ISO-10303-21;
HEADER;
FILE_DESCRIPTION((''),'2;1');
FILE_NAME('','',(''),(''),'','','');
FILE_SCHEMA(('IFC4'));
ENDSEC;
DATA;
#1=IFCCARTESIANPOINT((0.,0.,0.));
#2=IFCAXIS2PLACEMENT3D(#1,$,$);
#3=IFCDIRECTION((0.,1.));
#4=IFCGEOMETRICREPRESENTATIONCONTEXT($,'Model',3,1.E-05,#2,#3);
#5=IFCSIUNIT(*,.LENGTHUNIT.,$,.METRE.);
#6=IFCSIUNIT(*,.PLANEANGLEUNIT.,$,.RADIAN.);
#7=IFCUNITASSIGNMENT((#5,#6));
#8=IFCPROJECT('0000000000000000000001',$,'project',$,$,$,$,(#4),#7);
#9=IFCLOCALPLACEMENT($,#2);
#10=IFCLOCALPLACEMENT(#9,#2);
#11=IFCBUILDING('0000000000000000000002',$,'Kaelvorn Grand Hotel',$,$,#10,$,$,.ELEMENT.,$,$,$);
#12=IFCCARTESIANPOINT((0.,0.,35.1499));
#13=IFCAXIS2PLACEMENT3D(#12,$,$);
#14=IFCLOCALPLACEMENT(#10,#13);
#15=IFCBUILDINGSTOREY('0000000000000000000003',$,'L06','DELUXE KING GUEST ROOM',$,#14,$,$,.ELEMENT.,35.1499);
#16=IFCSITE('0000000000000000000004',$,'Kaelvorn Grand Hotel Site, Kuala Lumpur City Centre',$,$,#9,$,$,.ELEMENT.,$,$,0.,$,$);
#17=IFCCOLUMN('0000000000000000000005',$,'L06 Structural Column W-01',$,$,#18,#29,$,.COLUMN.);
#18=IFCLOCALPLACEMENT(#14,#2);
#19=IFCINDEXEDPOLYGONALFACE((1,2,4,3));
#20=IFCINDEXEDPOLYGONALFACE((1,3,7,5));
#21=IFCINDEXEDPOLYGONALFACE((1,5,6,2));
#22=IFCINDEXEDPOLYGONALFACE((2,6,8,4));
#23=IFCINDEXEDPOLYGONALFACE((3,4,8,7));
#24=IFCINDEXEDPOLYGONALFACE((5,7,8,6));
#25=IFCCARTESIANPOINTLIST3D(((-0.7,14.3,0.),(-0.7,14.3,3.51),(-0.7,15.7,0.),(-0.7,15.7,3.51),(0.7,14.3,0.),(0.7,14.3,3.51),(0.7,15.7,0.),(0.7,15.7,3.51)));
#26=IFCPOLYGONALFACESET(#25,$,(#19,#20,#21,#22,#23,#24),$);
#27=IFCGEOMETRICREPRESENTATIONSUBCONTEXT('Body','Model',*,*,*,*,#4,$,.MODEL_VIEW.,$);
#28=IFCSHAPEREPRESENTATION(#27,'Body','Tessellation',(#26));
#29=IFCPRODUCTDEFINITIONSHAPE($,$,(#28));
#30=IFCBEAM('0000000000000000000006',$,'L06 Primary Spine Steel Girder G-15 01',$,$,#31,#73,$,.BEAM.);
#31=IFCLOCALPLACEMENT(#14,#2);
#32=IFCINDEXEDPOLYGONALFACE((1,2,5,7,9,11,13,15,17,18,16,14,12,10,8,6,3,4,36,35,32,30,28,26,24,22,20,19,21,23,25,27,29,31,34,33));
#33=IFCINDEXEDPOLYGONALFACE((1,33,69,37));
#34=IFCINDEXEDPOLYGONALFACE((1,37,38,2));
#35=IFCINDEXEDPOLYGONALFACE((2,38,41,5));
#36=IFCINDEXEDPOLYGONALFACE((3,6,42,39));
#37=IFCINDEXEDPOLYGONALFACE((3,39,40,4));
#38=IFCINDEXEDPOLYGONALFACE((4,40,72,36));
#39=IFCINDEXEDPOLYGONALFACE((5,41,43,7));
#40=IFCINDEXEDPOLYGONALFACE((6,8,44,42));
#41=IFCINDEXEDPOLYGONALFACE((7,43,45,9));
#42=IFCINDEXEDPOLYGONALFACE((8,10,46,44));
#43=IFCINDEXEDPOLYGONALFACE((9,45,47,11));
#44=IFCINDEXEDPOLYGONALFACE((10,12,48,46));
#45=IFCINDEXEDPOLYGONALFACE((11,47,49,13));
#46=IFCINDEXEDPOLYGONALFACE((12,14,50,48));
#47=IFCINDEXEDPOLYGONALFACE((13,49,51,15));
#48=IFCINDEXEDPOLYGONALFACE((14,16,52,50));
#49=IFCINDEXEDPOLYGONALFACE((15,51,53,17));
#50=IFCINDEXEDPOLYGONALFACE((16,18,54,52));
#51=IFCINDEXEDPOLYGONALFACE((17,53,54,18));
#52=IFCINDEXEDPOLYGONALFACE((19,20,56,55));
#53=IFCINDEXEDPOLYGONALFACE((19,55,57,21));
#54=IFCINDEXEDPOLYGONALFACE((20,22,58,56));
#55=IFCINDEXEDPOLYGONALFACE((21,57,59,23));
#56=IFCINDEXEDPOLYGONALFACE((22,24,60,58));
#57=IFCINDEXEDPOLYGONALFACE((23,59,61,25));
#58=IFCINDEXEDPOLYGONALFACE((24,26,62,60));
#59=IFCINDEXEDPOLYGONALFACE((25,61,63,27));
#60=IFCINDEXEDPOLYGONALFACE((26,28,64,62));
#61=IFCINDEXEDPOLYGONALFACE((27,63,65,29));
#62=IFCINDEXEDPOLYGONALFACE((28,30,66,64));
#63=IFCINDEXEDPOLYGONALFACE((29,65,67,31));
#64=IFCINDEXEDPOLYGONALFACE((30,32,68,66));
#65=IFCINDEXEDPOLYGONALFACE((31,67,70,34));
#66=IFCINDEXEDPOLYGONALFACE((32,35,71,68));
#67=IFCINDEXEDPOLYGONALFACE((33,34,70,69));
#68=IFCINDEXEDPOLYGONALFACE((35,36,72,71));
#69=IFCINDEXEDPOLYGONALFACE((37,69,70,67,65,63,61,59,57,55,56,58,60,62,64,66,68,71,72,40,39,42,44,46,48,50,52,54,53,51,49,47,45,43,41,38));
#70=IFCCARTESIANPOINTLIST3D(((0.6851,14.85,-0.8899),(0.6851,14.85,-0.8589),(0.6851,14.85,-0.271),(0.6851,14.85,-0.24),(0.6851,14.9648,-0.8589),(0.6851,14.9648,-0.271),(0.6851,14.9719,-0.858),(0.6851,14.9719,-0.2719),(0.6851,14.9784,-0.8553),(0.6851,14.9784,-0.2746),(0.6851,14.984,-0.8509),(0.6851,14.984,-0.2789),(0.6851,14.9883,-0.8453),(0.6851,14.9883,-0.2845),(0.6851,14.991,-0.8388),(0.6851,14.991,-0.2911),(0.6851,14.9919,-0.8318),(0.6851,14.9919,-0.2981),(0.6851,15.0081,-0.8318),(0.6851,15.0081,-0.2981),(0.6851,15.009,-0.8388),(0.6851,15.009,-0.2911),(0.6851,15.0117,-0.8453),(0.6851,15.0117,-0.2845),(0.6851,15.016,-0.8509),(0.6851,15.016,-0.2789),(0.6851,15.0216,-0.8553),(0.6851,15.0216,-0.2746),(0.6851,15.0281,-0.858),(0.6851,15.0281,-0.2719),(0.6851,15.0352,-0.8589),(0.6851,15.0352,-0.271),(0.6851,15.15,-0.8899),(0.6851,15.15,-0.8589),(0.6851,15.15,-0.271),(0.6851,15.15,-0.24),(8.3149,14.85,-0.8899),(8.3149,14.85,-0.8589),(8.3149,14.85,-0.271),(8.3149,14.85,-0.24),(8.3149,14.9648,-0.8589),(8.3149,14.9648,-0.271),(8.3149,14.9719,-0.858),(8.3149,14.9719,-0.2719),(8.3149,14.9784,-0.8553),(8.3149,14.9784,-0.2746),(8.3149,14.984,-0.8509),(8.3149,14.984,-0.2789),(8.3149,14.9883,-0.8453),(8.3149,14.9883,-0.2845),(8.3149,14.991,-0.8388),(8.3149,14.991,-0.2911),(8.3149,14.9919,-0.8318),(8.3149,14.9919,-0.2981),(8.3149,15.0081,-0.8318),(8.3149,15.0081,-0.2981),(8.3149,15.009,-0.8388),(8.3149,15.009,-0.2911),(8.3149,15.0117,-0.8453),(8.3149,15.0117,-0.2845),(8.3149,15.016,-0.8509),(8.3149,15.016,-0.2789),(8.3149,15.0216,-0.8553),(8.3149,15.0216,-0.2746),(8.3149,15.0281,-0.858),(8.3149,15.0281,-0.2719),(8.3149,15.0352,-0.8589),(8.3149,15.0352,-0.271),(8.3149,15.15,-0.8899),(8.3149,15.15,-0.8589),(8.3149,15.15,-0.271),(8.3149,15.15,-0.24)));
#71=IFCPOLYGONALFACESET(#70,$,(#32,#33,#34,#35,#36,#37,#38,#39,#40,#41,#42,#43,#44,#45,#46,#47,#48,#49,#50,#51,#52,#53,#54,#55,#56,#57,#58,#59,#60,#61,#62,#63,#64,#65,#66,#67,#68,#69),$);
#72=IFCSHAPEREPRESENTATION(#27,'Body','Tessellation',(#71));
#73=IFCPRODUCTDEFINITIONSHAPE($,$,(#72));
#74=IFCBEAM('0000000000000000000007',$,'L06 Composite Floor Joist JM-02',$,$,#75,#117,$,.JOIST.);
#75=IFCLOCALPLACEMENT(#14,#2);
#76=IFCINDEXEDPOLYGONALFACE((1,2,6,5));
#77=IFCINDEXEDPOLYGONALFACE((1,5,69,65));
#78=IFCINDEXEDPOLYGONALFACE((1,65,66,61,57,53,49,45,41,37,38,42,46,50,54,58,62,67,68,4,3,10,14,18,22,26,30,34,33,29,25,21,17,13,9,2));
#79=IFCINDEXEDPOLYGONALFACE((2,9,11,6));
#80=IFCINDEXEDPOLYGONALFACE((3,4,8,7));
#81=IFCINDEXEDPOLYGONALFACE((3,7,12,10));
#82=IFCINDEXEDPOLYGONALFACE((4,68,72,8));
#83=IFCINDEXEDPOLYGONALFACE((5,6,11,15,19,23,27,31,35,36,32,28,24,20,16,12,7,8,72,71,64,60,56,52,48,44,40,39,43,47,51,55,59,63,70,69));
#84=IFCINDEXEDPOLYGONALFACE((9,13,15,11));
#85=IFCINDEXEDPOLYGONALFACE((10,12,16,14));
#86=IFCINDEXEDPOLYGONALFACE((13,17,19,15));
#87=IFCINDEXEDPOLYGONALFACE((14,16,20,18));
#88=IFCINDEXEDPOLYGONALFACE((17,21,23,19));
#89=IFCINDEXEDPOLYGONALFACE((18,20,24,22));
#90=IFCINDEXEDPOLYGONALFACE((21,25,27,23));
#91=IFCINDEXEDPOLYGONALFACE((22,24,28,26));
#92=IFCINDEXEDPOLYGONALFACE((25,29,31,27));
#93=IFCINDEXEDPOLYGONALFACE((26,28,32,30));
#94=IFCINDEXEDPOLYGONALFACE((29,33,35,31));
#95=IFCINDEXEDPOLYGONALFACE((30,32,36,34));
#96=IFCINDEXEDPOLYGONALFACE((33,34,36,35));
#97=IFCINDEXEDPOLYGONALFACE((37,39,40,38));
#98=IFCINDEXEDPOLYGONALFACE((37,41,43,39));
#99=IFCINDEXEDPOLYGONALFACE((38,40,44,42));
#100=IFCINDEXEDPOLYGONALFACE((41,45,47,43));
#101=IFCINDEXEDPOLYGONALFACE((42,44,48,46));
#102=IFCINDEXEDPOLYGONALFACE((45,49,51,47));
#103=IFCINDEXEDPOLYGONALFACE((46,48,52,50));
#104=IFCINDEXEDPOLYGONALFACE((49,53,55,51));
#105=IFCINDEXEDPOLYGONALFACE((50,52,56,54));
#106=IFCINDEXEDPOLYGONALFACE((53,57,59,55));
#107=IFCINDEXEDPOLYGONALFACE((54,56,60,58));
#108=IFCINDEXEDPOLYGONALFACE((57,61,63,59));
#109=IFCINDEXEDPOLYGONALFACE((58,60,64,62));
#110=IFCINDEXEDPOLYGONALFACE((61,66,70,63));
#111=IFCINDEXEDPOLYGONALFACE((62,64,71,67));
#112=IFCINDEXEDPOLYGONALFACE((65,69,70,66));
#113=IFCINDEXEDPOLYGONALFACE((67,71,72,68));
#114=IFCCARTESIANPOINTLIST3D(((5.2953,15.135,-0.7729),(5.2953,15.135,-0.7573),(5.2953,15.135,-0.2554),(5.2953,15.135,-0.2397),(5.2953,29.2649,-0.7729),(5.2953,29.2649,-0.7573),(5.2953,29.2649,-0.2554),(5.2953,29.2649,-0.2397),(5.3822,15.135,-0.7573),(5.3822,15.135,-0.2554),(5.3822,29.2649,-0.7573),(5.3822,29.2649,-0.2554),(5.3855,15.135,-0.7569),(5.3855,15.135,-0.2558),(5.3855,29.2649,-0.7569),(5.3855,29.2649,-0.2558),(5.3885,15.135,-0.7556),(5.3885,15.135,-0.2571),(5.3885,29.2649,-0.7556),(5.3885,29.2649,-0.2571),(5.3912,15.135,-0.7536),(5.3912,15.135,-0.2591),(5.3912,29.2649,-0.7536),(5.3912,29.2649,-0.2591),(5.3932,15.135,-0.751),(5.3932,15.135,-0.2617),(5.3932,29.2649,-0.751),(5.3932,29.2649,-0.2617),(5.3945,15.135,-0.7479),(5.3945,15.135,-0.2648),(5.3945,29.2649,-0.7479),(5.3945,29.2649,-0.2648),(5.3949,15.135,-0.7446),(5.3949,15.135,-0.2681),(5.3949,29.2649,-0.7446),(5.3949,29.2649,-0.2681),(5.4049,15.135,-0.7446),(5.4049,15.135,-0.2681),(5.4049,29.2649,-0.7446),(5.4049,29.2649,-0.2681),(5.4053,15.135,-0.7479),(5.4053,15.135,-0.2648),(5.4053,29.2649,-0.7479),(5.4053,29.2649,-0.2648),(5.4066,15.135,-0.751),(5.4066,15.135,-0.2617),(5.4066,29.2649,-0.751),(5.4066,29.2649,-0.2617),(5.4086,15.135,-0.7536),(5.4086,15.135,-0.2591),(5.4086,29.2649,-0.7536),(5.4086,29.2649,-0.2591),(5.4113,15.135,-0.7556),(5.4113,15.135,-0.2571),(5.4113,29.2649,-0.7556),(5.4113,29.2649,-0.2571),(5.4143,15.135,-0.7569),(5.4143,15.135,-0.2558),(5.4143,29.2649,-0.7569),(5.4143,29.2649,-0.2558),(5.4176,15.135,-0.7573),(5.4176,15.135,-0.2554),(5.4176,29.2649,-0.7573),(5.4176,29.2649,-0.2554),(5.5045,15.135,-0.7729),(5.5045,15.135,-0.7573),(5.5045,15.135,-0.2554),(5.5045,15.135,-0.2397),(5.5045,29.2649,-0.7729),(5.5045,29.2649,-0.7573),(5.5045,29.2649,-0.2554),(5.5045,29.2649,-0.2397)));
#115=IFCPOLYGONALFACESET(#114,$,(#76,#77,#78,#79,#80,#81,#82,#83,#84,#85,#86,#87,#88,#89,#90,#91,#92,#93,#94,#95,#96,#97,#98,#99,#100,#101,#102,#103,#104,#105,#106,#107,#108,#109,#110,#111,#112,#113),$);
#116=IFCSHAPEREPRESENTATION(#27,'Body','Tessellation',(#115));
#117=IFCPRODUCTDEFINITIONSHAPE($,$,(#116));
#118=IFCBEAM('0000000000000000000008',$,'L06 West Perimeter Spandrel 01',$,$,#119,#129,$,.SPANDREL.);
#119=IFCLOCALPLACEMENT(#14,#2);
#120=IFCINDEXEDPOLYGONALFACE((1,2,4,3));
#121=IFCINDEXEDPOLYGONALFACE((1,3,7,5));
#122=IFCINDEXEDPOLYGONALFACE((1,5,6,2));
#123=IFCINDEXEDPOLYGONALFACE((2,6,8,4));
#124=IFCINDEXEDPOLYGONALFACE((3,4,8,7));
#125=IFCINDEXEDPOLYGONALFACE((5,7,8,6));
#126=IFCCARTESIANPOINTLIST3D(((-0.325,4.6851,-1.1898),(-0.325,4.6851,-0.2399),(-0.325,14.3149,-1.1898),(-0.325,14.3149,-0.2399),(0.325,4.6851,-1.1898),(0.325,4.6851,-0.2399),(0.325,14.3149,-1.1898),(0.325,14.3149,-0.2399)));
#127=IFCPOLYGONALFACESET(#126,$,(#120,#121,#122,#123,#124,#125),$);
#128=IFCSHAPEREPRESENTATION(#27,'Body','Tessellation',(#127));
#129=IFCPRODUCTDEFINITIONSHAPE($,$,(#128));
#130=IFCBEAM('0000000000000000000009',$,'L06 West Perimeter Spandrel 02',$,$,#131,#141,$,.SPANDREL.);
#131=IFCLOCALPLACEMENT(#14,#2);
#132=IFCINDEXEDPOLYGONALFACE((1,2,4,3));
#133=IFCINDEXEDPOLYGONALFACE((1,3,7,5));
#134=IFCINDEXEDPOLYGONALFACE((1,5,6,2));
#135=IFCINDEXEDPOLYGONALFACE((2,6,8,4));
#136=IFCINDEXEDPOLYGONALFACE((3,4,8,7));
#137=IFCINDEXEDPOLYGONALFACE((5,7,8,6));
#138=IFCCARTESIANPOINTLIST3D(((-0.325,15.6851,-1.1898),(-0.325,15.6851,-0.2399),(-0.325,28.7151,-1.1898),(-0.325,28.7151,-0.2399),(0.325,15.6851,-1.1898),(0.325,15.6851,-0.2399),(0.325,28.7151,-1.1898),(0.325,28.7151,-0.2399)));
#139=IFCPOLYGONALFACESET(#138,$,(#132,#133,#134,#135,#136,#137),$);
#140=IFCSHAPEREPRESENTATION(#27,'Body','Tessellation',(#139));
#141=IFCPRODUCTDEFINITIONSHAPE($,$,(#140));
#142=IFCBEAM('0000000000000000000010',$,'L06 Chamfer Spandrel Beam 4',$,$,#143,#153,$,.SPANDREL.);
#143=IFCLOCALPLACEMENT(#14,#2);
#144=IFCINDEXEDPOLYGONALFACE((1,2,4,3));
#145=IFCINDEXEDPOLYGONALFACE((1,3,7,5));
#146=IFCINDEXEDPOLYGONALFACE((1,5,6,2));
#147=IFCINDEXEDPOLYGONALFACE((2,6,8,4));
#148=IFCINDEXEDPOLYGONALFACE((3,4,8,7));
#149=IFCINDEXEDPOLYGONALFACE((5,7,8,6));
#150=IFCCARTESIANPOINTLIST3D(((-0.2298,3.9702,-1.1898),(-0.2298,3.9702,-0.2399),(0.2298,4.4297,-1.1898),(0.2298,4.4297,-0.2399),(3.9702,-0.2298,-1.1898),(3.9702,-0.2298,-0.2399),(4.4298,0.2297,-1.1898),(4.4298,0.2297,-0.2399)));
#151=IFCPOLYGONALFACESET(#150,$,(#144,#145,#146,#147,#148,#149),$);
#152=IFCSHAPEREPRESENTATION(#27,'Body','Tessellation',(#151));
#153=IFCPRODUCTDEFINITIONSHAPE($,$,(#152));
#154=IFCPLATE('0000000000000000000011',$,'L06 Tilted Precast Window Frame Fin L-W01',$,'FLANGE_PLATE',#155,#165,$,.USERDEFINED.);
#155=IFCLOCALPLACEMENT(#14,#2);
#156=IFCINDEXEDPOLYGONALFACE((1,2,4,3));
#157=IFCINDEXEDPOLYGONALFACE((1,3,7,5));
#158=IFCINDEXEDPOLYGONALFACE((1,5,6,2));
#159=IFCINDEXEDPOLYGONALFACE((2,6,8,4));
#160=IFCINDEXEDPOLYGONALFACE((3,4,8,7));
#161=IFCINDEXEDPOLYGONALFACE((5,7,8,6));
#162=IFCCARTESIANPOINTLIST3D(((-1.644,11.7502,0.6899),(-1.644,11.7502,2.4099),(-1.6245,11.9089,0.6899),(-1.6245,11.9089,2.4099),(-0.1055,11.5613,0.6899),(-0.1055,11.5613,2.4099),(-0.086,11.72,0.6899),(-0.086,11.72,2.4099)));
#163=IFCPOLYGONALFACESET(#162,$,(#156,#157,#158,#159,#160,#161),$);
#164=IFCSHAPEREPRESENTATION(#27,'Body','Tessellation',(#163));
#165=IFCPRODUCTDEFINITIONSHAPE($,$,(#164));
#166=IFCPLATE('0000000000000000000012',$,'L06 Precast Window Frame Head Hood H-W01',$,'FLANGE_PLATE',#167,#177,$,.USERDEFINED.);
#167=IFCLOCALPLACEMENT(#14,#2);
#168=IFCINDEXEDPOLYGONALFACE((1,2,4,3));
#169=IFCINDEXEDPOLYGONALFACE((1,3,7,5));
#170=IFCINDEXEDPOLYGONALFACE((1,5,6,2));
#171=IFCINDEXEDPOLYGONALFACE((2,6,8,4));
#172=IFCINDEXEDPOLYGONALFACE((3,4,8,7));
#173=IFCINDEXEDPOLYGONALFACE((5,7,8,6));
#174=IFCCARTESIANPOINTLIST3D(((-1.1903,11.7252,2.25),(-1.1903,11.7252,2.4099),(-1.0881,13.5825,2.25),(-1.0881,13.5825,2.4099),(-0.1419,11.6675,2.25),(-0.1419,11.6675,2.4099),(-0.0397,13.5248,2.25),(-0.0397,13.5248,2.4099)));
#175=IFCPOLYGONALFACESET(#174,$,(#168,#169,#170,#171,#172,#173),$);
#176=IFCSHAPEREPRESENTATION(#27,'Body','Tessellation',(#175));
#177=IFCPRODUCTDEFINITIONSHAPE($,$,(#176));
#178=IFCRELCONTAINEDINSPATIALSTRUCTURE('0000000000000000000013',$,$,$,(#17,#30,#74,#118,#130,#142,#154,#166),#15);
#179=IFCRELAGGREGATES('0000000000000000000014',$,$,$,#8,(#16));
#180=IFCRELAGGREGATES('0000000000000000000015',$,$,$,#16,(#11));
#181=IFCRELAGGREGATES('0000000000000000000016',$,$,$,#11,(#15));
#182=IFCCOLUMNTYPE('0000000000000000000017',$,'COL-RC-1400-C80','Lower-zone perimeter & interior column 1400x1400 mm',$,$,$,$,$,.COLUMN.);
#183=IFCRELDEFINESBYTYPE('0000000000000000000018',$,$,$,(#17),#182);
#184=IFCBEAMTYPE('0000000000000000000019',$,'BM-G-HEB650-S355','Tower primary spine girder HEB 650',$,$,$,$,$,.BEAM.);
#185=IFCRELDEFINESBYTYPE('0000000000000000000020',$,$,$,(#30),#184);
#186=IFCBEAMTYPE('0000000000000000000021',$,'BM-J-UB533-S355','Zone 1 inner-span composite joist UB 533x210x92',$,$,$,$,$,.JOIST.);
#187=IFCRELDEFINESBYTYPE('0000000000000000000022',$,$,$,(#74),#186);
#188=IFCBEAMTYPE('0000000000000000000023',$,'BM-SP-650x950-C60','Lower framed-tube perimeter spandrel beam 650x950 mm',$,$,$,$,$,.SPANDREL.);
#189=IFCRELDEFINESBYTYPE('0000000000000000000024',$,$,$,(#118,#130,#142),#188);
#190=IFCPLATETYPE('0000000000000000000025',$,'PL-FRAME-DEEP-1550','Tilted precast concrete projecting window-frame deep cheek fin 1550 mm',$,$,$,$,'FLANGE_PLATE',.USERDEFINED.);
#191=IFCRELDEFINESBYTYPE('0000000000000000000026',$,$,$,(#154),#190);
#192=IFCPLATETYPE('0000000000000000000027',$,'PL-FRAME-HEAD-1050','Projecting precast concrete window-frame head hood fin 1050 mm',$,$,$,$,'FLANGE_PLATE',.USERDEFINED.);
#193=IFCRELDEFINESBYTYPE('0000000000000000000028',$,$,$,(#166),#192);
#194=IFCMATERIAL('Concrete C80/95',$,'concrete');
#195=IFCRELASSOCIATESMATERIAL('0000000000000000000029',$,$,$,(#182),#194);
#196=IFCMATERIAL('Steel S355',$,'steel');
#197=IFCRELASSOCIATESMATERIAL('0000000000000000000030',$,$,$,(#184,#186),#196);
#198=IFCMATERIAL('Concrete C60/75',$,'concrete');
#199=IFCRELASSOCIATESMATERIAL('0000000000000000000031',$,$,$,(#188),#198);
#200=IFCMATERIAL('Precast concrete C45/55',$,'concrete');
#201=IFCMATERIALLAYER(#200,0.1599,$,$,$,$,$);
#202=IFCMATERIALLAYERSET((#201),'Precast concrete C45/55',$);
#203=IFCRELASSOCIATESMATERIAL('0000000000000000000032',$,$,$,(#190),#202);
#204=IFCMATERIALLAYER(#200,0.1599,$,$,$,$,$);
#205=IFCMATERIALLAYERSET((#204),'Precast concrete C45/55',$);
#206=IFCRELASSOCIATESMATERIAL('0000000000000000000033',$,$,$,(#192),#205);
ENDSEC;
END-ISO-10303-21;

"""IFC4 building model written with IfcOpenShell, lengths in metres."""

from ifc_helpers import new_model, si_unit, direction, frame, origin, origin_2d, place, context, subcontext, project, spatial, rectangle, i_section, extrude, material, layer, layer_set, material_profile, profile_set, type_object, element, save


model = new_model("IFC4")

# Units and contexts
model_context = context("Model", 3, precision=1e-05, world=origin(), true_north=direction((0.0, 1.0)))
body_context = subcontext(model_context, "Body", "Model", "MODEL_VIEW")
ifc_project = project(units=[si_unit("LENGTHUNIT", "METRE"), si_unit("PLANEANGLEUNIT", "RADIAN")], contexts=[model_context])

# Site, building, storey
site_placement = place(None, origin())
site = spatial("IfcSite", under=ifc_project, at=site_placement, Name="Kaelvorn Grand Hotel Site, Kuala Lumpur City Centre", CompositionType="ELEMENT", RefElevation=0.0)
building_placement = place(site_placement, origin())
building = spatial("IfcBuilding", under=site, at=building_placement, Name="Kaelvorn Grand Hotel", CompositionType="ELEMENT")
storey_placement = place(building_placement, frame((0.0, 0.0, 35.1499)))
storey = spatial("IfcBuildingStorey", under=building, at=storey_placement, Name="L06", Description="DELUXE KING GUEST ROOM", CompositionType="ELEMENT", Elevation=35.1499)

# Column
ifc_material_1 = material(Name="Concrete C80/95", Category="concrete")
ifc_material_profile_1 = material_profile(ifc_material_1, rectangle(XDim=1.3999, YDim=1.3999, at=origin_2d()), Name="RC COL 1400x1400")
ifc_profile_set_1 = profile_set([ifc_material_profile_1], Name="Concrete C80/95")
column_type = type_object("IfcColumnType", Name="COL-RC-1400-C80", Description="Lower-zone perimeter & interior column 1400x1400 mm", PredefinedType="COLUMN", material=ifc_profile_set_1)
column_placement = place(storey_placement, frame((0.0, 15.0, 0.0), z_axis=(0.0, 0.0, 1.0), x_axis=(1.0, 0.0, 0.0)))
element("IfcColumn", 1, at=column_placement, inside=storey, type_object=column_type, Name="L06 Structural Column W-01", PredefinedType="COLUMN", context=body_context, shape_type="SweptSolid", body=[
    extrude(rectangle(XDim=1.3999, YDim=1.3999, at=origin_2d()), origin(), (0.0, 0.0, 1.0), 3.51),
])

# Beams
ifc_material_2 = material(Name="Steel S355", Category="steel")
ifc_material_profile_2 = material_profile(ifc_material_2, i_section(OverallWidth=0.3, OverallDepth=0.6499, WebThickness=0.0161, FlangeThickness=0.031, FilletRadius=0.0271, at=origin_2d()), Name="HEB 650")
ifc_profile_set_2 = profile_set([ifc_material_profile_2], Name="Steel S355")
beam_type_1 = type_object("IfcBeamType", Name="BM-G-HEB650-S355", Description="Tower primary spine girder HEB 650", PredefinedType="BEAM", material=ifc_profile_set_2)
beam_1_placement = place(storey_placement, frame((0.6851, 15.0, -0.5649), z_axis=(1.0, 0.0, 0.0), x_axis=(0.0, 1.0, 0.0)))
element("IfcBeam", 2, at=beam_1_placement, inside=storey, type_object=beam_type_1, Name="L06 Primary Spine Steel Girder G-15 01", PredefinedType="BEAM", context=body_context, shape_type="SweptSolid", body=[
    extrude(i_section(OverallWidth=0.3, OverallDepth=0.6499, WebThickness=0.0161, FlangeThickness=0.031, FilletRadius=0.0271, at=origin_2d()), origin(), (0.0, 0.0, 1.0), 7.6299),
])
ifc_material_profile_3 = material_profile(ifc_material_2, i_section(OverallWidth=0.2092, OverallDepth=0.5332, WebThickness=0.01, FlangeThickness=0.0156, FilletRadius=0.0127, at=origin_2d()), Name="UB 533x210x92")
ifc_profile_set_3 = profile_set([ifc_material_profile_3], Name="Steel S355")
beam_type_2 = type_object("IfcBeamType", Name="BM-J-UB533-S355", Description="Zone 1 inner-span composite joist UB 533x210x92", PredefinedType="JOIST", material=ifc_profile_set_3)
beam_2_placement = place(storey_placement, frame((5.3999, 15.135, -0.5063), z_axis=(0.0, 1.0, 0.0), x_axis=(-1.0, 0.0, 0.0)))
element("IfcBeam", 3, at=beam_2_placement, inside=storey, type_object=beam_type_2, Name="L06 Composite Floor Joist JM-02", PredefinedType="JOIST", context=body_context, shape_type="SweptSolid", body=[
    extrude(i_section(OverallWidth=0.2092, OverallDepth=0.5332, WebThickness=0.01, FlangeThickness=0.0156, FilletRadius=0.0127, at=origin_2d()), origin(), (0.0, 0.0, 1.0), 14.1299),
])
ifc_material_3 = material(Name="Concrete C60/75", Category="concrete")
ifc_material_profile_4 = material_profile(ifc_material_3, rectangle(XDim=0.6499, YDim=0.95, at=origin_2d()), Name="RC SPANDREL 650x950")
ifc_profile_set_4 = profile_set([ifc_material_profile_4], Name="Concrete C60/75")
beam_type_3 = type_object("IfcBeamType", Name="BM-SP-650x950-C60", Description="Lower framed-tube perimeter spandrel beam 650x950 mm", PredefinedType="SPANDREL", material=ifc_profile_set_4)
beam_3_placement = place(storey_placement, frame((0.0, 4.6851, -0.7148), z_axis=(0.0, 1.0, 0.0), x_axis=(-1.0, 0.0, 0.0)))
element("IfcBeam", 4, at=beam_3_placement, inside=storey, type_object=beam_type_3, Name="L06 West Perimeter Spandrel 01", PredefinedType="SPANDREL", context=body_context, shape_type="SweptSolid", body=[
    extrude(rectangle(XDim=0.6499, YDim=0.95, at=origin_2d()), origin(), (0.0, 0.0, 1.0), 9.6299),
])
beam_4_placement = place(storey_placement, frame((0.0, 15.6851, -0.7148), z_axis=(0.0, 1.0, 0.0), x_axis=(-1.0, 0.0, 0.0)))
element("IfcBeam", 5, at=beam_4_placement, inside=storey, type_object=beam_type_3, Name="L06 West Perimeter Spandrel 02", PredefinedType="SPANDREL", context=body_context, shape_type="SweptSolid", body=[
    extrude(rectangle(XDim=0.6499, YDim=0.95, at=origin_2d()), origin(), (0.0, 0.0, 1.0), 13.03),
])
beam_5_placement = place(storey_placement, frame((0.0, 4.2, -0.7148), z_axis=(0.707107, -0.707107, 0.0), x_axis=(0.707107, 0.707107, 0.0)))
element("IfcBeam", 6, at=beam_5_placement, inside=storey, type_object=beam_type_3, Name="L06 Chamfer Spandrel Beam 4", PredefinedType="SPANDREL", context=body_context, shape_type="SweptSolid", body=[
    extrude(rectangle(XDim=0.6499, YDim=0.95, at=origin_2d()), origin(), (0.0, 0.0, 1.0), 5.9397),
])

# Plates
ifc_material_4 = material(Name="Precast concrete C45/55", Category="concrete")
ifc_layer_1 = layer(ifc_material_4, 0.1599)
ifc_layer_set_1 = layer_set([ifc_layer_1], Name="Precast concrete C45/55")
plate_type_1 = type_object("IfcPlateType", Name="PL-FRAME-DEEP-1550", Description="Tilted precast concrete projecting window-frame deep cheek fin 1550 mm", ElementType="FLANGE_PLATE", PredefinedType="USERDEFINED", material=ifc_layer_set_1)
plate_1_placement = place(storey_placement, frame((-0.865, 11.7351, 0.6899), z_axis=(0.0, 0.0, 1.0), x_axis=(0.121869, 0.992546, 0.0)))
element("IfcPlate", 7, at=plate_1_placement, inside=storey, type_object=plate_type_1, Name="L06 Tilted Precast Window Frame Fin L-W01", ObjectType="FLANGE_PLATE", PredefinedType="USERDEFINED", context=body_context, shape_type="SweptSolid", body=[
    extrude(rectangle(XDim=0.1599, YDim=1.55, at=origin_2d()), origin(), (0.0, 0.0, 1.0), 1.72),
])
ifc_layer_2 = layer(ifc_material_4, 0.1599)
ifc_layer_set_2 = layer_set([ifc_layer_2], Name="Precast concrete C45/55")
plate_type_2 = type_object("IfcPlateType", Name="PL-FRAME-HEAD-1050", Description="Projecting precast concrete window-frame head hood fin 1050 mm", ElementType="FLANGE_PLATE", PredefinedType="USERDEFINED", material=ifc_layer_set_2)
plate_2_placement = place(storey_placement, frame((-0.615, 12.625, 2.25), z_axis=(0.0, 0.0, 1.0), x_axis=(0.05495, 0.998489, 0.0)))
element("IfcPlate", 8, at=plate_2_placement, inside=storey, type_object=plate_type_2, Name="L06 Precast Window Frame Head Hood H-W01", ObjectType="FLANGE_PLATE", PredefinedType="USERDEFINED", context=body_context, shape_type="SweptSolid", body=[
    extrude(rectangle(XDim=1.8601, YDim=1.05, at=origin_2d()), origin(), (0.0, 0.0, 1.0), 0.1599),
])

save(model, "model.ifc")
